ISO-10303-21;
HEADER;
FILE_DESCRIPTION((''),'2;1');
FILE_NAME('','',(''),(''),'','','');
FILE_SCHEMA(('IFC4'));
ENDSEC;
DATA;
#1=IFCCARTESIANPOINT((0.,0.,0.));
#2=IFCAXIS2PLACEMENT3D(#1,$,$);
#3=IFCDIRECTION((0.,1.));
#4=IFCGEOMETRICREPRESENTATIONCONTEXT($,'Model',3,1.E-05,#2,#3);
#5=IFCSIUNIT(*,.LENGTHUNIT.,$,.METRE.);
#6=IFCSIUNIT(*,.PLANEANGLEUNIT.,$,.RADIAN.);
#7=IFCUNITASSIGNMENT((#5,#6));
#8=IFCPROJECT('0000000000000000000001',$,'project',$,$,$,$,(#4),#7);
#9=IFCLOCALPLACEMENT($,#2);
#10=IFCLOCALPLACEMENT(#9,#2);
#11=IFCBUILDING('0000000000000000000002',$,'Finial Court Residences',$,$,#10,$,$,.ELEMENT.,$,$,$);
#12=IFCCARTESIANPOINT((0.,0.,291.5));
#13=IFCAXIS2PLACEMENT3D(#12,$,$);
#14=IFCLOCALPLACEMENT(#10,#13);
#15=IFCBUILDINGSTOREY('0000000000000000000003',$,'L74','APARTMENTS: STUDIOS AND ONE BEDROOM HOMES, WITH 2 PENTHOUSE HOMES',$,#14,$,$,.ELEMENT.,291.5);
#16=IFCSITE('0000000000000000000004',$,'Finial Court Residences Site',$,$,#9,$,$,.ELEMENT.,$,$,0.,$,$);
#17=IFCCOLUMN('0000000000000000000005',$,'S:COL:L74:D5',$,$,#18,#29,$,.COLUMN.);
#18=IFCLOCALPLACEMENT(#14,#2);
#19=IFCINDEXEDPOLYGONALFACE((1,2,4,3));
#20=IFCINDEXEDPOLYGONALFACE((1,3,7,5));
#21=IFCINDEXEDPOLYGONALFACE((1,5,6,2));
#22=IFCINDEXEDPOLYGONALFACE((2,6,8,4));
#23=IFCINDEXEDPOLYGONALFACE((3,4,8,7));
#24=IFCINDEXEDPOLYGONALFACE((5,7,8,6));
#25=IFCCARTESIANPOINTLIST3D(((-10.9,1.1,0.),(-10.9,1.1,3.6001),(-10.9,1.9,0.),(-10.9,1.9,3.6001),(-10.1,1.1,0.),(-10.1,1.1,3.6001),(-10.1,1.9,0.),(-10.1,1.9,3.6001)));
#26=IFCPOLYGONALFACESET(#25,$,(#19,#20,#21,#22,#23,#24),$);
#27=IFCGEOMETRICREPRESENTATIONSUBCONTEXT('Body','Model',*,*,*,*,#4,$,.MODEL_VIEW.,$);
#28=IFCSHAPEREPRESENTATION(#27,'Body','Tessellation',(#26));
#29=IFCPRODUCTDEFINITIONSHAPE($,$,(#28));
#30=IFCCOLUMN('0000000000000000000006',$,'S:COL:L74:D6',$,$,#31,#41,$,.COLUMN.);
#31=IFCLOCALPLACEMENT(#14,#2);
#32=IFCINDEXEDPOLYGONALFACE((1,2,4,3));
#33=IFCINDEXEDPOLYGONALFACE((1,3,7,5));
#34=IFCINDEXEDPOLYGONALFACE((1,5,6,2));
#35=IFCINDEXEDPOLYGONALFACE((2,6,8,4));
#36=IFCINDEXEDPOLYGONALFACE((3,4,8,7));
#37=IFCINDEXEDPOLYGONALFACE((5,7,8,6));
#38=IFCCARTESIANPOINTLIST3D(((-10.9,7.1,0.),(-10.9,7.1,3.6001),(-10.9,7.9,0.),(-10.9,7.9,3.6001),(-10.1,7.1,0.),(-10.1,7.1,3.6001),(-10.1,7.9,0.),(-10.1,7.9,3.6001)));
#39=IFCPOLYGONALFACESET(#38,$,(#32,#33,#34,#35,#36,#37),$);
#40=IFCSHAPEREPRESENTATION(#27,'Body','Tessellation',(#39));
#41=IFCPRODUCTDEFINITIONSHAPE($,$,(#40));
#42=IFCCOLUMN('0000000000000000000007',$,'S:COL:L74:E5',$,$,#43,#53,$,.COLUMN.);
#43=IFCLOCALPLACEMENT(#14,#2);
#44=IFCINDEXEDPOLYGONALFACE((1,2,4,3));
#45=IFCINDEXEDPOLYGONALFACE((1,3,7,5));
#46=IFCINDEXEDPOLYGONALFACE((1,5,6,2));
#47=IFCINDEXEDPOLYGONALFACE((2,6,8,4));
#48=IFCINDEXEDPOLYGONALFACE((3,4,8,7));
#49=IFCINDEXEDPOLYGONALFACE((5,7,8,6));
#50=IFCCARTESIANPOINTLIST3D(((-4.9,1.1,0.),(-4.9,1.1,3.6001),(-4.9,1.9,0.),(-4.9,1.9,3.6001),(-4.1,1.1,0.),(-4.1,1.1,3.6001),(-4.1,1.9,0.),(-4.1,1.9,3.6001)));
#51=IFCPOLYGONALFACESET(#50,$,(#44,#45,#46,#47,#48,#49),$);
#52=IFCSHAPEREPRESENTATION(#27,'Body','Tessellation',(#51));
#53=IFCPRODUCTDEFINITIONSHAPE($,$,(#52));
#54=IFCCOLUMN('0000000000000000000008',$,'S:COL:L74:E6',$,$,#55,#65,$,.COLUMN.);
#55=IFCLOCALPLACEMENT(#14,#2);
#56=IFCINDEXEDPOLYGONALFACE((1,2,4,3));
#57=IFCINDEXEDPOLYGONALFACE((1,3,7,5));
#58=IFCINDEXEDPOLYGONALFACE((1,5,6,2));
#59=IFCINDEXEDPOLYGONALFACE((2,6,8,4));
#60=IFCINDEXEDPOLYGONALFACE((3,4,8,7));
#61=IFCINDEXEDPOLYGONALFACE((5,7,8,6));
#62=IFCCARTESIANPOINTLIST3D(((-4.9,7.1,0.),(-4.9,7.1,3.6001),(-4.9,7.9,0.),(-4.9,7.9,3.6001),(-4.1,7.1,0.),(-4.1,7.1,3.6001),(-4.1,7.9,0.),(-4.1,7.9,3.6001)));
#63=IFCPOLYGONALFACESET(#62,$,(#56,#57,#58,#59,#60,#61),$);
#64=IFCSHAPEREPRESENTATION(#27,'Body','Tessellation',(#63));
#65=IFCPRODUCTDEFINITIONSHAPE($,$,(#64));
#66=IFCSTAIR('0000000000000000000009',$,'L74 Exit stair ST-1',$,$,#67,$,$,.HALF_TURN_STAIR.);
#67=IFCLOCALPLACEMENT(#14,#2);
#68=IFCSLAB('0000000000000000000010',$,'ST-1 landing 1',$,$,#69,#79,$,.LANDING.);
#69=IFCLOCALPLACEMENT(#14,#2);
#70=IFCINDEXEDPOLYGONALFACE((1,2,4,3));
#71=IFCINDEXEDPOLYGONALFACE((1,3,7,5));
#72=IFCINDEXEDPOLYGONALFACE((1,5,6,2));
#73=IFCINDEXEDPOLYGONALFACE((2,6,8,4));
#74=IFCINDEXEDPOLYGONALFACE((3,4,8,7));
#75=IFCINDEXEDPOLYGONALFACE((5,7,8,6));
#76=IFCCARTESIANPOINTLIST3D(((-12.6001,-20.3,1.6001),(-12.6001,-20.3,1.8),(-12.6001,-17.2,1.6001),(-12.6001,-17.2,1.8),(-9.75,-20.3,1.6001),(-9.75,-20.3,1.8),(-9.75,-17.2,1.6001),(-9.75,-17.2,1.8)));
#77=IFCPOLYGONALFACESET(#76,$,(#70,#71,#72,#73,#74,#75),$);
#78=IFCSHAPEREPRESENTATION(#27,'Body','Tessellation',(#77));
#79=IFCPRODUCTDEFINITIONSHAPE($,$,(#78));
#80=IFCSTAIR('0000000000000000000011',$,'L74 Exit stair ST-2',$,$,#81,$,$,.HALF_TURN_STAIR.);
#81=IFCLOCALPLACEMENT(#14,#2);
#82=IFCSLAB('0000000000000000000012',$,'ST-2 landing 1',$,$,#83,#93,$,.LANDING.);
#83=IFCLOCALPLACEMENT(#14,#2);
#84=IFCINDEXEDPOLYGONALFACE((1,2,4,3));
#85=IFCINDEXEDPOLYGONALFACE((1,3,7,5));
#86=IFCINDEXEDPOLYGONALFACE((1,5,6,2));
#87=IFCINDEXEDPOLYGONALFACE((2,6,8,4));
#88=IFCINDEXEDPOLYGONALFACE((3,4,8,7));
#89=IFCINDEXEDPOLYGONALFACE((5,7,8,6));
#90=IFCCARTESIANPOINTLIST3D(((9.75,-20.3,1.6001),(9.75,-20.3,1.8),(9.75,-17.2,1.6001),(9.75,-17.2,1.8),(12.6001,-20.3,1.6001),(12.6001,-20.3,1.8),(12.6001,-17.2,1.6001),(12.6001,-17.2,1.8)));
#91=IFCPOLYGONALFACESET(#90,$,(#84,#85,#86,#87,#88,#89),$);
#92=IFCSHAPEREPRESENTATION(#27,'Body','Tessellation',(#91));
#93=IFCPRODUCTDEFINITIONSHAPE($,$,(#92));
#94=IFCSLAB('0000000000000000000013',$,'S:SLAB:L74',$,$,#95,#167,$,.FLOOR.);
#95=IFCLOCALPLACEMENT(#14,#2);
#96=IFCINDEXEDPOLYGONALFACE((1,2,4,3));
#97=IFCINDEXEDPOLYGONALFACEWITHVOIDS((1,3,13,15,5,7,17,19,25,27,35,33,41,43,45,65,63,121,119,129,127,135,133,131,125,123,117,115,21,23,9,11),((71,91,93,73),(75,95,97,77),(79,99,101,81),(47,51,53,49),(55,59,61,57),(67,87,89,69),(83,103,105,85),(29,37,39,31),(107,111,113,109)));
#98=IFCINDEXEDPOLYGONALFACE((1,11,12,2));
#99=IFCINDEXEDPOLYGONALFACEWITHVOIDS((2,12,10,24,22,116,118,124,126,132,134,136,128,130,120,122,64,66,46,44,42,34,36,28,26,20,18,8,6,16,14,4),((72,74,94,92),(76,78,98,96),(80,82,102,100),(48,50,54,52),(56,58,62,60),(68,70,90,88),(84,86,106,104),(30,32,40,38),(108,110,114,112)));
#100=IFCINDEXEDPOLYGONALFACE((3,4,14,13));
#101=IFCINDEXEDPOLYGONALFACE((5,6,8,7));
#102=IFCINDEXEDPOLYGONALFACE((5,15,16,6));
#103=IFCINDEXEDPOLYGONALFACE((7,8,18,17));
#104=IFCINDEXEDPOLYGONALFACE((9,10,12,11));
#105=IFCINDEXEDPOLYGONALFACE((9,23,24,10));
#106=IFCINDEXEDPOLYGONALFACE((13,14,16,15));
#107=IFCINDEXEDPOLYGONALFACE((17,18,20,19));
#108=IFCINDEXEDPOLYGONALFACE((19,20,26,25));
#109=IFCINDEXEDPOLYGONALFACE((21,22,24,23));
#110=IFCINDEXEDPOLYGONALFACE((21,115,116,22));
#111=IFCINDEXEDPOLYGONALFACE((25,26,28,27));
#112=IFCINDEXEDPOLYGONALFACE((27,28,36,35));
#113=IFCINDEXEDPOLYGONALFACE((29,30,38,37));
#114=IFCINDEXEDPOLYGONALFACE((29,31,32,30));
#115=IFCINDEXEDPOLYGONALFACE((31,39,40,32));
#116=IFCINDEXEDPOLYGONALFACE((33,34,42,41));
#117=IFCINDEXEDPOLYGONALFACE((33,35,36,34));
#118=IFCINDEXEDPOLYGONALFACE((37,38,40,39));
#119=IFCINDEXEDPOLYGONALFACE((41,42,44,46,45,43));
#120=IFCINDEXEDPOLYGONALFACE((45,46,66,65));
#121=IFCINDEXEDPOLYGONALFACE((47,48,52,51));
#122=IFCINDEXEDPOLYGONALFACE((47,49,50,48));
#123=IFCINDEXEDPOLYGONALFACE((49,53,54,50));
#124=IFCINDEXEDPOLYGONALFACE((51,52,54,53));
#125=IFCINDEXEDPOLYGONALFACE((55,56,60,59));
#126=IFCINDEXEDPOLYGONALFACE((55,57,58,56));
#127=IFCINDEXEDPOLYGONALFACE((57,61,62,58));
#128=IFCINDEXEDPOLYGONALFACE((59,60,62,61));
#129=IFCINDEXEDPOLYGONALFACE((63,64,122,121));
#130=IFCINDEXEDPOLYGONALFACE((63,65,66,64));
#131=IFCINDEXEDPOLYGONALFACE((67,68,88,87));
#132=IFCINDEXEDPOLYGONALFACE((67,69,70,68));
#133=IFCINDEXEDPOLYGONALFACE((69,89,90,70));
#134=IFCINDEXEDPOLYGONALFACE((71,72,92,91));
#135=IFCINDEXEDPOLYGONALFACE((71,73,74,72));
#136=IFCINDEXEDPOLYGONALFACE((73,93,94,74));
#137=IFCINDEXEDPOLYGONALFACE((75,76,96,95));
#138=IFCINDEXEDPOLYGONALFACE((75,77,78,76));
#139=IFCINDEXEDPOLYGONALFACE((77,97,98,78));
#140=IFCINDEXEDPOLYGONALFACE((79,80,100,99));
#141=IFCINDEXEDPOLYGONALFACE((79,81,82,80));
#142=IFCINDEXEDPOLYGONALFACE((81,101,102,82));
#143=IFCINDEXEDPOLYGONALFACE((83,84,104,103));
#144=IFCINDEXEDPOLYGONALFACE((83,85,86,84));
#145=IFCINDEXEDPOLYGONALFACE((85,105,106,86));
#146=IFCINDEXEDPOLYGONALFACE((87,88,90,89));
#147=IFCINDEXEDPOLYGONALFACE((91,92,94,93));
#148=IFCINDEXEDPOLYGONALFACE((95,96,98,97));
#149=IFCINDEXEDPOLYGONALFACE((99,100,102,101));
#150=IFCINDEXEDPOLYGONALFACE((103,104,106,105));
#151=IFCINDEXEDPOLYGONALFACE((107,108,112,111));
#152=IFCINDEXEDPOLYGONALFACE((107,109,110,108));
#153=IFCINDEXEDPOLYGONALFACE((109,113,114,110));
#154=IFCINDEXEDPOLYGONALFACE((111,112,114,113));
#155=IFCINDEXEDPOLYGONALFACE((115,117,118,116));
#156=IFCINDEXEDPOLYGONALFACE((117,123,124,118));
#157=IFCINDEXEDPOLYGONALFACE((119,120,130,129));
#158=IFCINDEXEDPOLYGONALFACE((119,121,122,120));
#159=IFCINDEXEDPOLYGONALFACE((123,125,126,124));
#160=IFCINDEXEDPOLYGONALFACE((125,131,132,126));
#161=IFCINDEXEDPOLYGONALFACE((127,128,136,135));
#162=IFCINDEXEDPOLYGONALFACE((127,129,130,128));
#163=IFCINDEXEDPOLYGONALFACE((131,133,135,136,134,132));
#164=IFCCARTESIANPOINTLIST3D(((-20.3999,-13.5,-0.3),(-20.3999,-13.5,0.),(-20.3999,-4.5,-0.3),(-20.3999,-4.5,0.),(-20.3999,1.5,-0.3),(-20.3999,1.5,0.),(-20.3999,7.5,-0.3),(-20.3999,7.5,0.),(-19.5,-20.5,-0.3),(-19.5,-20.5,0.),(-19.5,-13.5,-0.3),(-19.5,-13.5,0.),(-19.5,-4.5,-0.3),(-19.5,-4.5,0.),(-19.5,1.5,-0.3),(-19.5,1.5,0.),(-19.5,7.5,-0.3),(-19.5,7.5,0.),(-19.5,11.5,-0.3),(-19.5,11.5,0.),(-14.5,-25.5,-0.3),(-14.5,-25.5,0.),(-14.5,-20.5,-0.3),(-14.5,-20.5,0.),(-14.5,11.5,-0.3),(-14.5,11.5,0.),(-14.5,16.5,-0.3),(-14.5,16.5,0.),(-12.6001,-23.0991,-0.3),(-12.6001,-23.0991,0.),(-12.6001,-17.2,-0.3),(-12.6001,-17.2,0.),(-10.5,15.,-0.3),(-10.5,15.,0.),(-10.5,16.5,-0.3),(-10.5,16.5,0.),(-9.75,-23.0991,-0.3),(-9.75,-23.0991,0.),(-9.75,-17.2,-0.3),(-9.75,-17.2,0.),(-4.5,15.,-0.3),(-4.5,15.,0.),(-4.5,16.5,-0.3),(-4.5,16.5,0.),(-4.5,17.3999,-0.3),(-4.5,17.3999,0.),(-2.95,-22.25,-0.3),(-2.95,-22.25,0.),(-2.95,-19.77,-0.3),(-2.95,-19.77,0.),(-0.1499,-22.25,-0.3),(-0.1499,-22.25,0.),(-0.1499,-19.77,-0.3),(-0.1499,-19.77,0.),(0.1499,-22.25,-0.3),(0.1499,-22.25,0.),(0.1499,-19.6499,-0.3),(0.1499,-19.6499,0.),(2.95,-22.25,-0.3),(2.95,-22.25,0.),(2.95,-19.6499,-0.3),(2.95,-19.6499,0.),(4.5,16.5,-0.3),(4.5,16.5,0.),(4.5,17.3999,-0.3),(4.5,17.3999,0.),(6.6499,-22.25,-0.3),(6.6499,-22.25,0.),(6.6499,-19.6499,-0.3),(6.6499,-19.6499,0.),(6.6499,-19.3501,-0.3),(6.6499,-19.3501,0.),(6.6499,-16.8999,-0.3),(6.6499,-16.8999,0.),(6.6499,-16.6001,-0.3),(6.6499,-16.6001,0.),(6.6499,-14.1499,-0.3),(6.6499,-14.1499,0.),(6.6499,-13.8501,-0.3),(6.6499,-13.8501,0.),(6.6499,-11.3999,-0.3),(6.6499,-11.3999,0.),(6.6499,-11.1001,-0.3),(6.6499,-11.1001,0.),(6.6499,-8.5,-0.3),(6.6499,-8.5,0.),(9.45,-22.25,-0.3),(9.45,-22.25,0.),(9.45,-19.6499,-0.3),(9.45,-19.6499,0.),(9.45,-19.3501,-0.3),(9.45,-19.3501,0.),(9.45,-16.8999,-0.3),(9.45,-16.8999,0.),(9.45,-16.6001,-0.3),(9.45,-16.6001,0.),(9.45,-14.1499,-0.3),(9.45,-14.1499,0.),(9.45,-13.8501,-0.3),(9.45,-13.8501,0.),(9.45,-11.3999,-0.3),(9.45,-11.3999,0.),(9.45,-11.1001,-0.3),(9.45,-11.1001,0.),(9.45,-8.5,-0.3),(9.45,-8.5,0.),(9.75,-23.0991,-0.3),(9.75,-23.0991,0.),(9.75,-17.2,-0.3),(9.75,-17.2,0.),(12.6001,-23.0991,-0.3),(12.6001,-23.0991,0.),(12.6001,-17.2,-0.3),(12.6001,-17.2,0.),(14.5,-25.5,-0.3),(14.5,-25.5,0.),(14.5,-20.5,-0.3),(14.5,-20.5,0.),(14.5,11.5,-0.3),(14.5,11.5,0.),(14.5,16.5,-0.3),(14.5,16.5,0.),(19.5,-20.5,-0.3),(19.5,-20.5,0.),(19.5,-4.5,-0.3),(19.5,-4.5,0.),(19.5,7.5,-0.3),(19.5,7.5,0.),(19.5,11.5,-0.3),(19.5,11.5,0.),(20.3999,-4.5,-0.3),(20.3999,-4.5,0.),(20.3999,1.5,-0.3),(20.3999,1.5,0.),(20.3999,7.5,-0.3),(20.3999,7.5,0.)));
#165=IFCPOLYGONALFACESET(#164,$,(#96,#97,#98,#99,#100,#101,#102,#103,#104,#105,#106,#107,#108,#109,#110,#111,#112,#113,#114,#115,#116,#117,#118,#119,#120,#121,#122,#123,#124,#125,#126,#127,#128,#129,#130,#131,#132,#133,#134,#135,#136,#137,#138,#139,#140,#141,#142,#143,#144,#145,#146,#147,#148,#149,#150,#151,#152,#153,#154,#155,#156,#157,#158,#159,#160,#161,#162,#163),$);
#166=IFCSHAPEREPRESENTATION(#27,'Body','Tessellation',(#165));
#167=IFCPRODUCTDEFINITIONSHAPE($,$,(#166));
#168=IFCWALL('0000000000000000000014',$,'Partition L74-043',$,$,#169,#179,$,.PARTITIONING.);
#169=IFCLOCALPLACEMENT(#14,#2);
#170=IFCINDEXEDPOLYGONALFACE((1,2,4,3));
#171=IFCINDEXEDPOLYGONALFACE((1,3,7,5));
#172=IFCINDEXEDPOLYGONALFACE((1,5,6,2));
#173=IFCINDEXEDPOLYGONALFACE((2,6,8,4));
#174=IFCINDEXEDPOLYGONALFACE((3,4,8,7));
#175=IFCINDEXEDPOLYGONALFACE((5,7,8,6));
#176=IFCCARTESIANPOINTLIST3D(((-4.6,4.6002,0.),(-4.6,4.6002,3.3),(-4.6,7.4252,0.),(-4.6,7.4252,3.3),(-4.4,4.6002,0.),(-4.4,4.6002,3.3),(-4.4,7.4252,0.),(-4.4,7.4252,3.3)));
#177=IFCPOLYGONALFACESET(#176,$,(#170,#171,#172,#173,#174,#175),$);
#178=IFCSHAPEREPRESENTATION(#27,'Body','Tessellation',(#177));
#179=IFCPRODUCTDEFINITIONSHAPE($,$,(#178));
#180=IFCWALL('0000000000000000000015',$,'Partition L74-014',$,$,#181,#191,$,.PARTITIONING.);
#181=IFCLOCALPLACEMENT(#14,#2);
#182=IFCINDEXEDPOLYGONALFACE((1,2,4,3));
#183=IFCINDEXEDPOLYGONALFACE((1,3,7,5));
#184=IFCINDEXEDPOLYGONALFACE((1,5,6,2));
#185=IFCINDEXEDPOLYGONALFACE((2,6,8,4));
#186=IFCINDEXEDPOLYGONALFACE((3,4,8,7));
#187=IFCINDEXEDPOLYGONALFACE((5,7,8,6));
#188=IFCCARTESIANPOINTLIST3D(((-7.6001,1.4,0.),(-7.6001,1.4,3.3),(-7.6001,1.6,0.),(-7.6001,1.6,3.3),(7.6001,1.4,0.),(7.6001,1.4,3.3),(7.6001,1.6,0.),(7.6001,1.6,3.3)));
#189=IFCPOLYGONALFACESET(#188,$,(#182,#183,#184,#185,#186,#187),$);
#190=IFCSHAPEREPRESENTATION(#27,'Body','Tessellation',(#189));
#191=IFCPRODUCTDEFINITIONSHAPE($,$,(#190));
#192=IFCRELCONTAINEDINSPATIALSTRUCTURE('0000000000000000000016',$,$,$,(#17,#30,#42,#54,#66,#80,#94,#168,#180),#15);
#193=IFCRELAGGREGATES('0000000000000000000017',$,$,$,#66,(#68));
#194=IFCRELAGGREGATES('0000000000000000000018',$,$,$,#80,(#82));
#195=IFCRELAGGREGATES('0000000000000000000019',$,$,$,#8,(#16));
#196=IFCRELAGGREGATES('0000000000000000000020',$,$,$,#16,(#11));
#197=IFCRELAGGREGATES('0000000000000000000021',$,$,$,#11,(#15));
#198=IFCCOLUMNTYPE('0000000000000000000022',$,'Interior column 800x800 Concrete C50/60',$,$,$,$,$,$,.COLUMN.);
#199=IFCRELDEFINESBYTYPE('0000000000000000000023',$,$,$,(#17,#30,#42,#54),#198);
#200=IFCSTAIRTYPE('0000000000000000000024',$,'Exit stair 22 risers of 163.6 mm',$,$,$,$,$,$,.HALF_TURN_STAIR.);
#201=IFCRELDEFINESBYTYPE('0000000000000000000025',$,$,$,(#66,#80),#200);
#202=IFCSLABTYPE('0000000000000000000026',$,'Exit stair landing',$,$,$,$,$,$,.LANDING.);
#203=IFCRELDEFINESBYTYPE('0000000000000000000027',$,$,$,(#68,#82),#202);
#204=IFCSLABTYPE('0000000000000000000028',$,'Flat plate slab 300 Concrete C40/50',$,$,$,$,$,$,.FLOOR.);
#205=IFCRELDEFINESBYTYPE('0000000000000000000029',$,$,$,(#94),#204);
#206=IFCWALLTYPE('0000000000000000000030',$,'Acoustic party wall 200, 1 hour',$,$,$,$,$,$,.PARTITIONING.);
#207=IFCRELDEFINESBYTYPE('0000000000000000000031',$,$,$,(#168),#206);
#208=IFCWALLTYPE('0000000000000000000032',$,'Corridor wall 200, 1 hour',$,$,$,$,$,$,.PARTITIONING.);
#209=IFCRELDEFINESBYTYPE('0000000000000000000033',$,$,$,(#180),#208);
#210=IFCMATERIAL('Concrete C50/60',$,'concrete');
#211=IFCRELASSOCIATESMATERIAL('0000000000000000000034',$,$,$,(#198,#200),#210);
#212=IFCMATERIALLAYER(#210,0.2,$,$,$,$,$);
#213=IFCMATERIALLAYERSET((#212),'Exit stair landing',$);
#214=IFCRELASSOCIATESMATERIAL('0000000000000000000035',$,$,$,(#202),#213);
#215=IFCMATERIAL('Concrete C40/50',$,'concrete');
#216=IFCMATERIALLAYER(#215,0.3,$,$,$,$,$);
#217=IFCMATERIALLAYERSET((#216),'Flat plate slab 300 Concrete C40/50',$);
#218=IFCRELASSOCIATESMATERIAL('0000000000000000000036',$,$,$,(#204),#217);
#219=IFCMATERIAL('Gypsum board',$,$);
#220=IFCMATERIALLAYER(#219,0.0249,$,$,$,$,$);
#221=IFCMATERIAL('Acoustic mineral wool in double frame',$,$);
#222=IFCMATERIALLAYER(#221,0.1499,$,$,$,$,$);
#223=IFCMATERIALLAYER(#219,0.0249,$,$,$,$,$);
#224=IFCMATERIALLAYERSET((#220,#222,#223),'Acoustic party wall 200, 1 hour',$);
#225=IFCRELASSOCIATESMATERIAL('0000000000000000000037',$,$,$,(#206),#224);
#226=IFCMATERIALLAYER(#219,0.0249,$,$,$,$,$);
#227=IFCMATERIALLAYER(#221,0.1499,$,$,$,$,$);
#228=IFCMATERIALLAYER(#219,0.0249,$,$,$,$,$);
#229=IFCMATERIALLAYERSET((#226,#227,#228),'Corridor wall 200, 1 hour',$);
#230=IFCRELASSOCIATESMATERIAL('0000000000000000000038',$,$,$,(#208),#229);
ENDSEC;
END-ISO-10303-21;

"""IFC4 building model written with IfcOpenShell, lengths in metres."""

from ifc_helpers import new_model, si_unit, direction, frame, frame_2d, origin, origin_2d, place, context, subcontext, project, spatial, polyline, rectangle, outline, extrude, material, layer, layer_set, material_profile, profile_set, type_object, element, aggregate, save


model = new_model("IFC4")

# Units and contexts
model_context = context("Model", 3, precision=1e-05, world=origin(), true_north=direction((0.0, 1.0)))
body_context = subcontext(model_context, "Body", "Model", "MODEL_VIEW")
ifc_project = project(units=[si_unit("LENGTHUNIT", "METRE"), si_unit("PLANEANGLEUNIT", "RADIAN")], contexts=[model_context])

# Site, building, storey
site_placement = place(None, origin())
site = spatial("IfcSite", under=ifc_project, at=site_placement, Name="Finial Court Residences Site", CompositionType="ELEMENT", RefElevation=0.0)
building_placement = place(site_placement, origin())
building = spatial("IfcBuilding", under=site, at=building_placement, Name="Finial Court Residences", CompositionType="ELEMENT")
storey_placement = place(building_placement, frame((0.0, 0.0, 291.5)))
storey = spatial("IfcBuildingStorey", under=building, at=storey_placement, Name="L74", Description="APARTMENTS: STUDIOS AND ONE BEDROOM HOMES, WITH 2 PENTHOUSE HOMES", CompositionType="ELEMENT", Elevation=291.5)

# Columns
ifc_material_1 = material(Name="Concrete C50/60", Category="concrete")
ifc_material_profile = material_profile(ifc_material_1, rectangle(XDim=0.8, YDim=0.8, at=origin_2d()), Name="800x800")
ifc_profile_set = profile_set([ifc_material_profile], Name="Concrete C50/60")
column_type = type_object("IfcColumnType", Name="Interior column 800x800 Concrete C50/60", PredefinedType="COLUMN", material=ifc_profile_set)
for number, where, z_axis, x_axis, name in (
    (1, (-10.5, 1.5, 0.0), (0.0, 0.0, 1.0), (1.0, 0.0, 0.0), "S:COL:L74:D5"),
    (2, (-10.5, 7.5, 0.0), (0.0, 0.0, 1.0), (1.0, 0.0, 0.0), "S:COL:L74:D6"),
    (3, (-4.5, 1.5, 0.0), (0.0, 0.0, 1.0), (1.0, 0.0, 0.0), "S:COL:L74:E5"),
    (4, (-4.5, 7.5, 0.0), (0.0, 0.0, 1.0), (1.0, 0.0, 0.0), "S:COL:L74:E6"),
):
    element("IfcColumn", number, at=place(storey_placement, frame(where, z_axis=z_axis, x_axis=x_axis)), inside=storey, type_object=column_type, Name=name, PredefinedType="COLUMN", context=body_context, shape_type="SweptSolid", body=[
        extrude(rectangle(XDim=0.8, YDim=0.8, at=origin_2d()), origin(), (0.0, 0.0, 1.0), 3.6001),
    ])

# Stairs, slabs
stair_type = type_object("IfcStairType", Name="Exit stair 22 risers of 163.6 mm", PredefinedType="HALF_TURN_STAIR", material=ifc_material_1)
stair_1_placement = place(storey_placement, origin())
stair_1 = element("IfcStair", 5, at=stair_1_placement, inside=storey, type_object=stair_type, Name="L74 Exit stair ST-1", PredefinedType="HALF_TURN_STAIR")
ifc_layer_1 = layer(ifc_material_1, 0.2)
ifc_layer_set_1 = layer_set([ifc_layer_1], Name="Exit stair landing")
slab_type_1 = type_object("IfcSlabType", Name="Exit stair landing", PredefinedType="LANDING", material=ifc_layer_set_1)
slab_1_placement = place(storey_placement, frame((0.0, 0.0, 1.6001)))
slab_1 = element("IfcSlab", 6, at=slab_1_placement, type_object=slab_type_1, Name="ST-1 landing 1", PredefinedType="LANDING", context=body_context, shape_type="SweptSolid", body=[
    extrude(outline(polyline([(-9.75, -20.3), (-9.75, -17.2), (-12.6001, -17.2), (-12.6001, -20.3), (-9.75, -20.3)])), origin(), (0.0, 0.0, 1.0), 0.2),
])
aggregate(stair_1, [slab_1])
stair_2_placement = place(storey_placement, origin())
stair_2 = element("IfcStair", 7, at=stair_2_placement, inside=storey, type_object=stair_type, Name="L74 Exit stair ST-2", PredefinedType="HALF_TURN_STAIR")
slab_2_placement = place(storey_placement, frame((0.0, 0.0, 1.6001)))
slab_2 = element("IfcSlab", 8, at=slab_2_placement, type_object=slab_type_1, Name="ST-2 landing 1", PredefinedType="LANDING", context=body_context, shape_type="SweptSolid", body=[
    extrude(outline(polyline([(12.6001, -20.3), (12.6001, -17.2), (9.75, -17.2), (9.75, -20.3), (12.6001, -20.3)])), origin(), (0.0, 0.0, 1.0), 0.2),
])
aggregate(stair_2, [slab_2])

# Slab
ifc_material_2 = material(Name="Concrete C40/50", Category="concrete")
ifc_layer_2 = layer(ifc_material_2, 0.3)
ifc_layer_set_2 = layer_set([ifc_layer_2], Name="Flat plate slab 300 Concrete C40/50")
slab_type_2 = type_object("IfcSlabType", Name="Flat plate slab 300 Concrete C40/50", PredefinedType="FLOOR", material=ifc_layer_set_2)
slab_3_placement = place(storey_placement, frame((0.0, 0.0, -0.3)))
element("IfcSlab", 9, at=slab_3_placement, inside=storey, type_object=slab_type_2, Name="S:SLAB:L74", PredefinedType="FLOOR", context=body_context, shape_type="SweptSolid", body=[
    extrude(outline(polyline([(-20.3999, 7.5), (-19.5, 7.5), (-19.5, 11.5), (-14.5, 11.5), (-14.5, 16.5), (-10.5, 16.5), (-10.5, 15.0), (-4.5, 15.0), (-4.5, 16.5), (-4.5, 17.3999), (4.5, 17.3999), (4.5, 16.5), (14.5, 16.5), (14.5, 11.5), (19.5, 11.5), (19.5, 7.5), (20.3999, 7.5), (20.3999, 1.5), (20.3999, -4.5), (19.5, -4.5), (19.5, -20.5), (14.5, -20.5), (14.5, -25.5), (-14.5, -25.5), (-14.5, -20.5), (-19.5, -20.5), (-19.5, -13.5), (-20.3999, -13.5), (-20.3999, -4.5), (-19.5, -4.5), (-19.5, 1.5), (-20.3999, 1.5), (-20.3999, 7.5)]), holes=[polyline([(-0.1499, -19.77), (-2.95, -19.77), (-2.95, -22.25), (-0.1499, -22.25), (-0.1499, -19.77)]), polyline([(2.95, -19.6499), (0.1499, -19.6499), (0.1499, -22.25), (2.95, -22.25), (2.95, -19.6499)]), polyline([(9.45, -19.6499), (6.6499, -19.6499), (6.6499, -22.25), (9.45, -22.25), (9.45, -19.6499)]), polyline([(-12.6001, -17.2), (-12.6001, -23.0991), (-9.75, -23.0991), (-9.75, -17.2), (-12.6001, -17.2)]), polyline([(9.75, -17.2), (9.75, -23.0991), (12.6001, -23.0991), (12.6001, -17.2), (9.75, -17.2)]), polyline([(9.45, -16.8999), (6.6499, -16.8999), (6.6499, -19.3501), (9.45, -19.3501), (9.45, -16.8999)]), polyline([(9.45, -14.1499), (6.6499, -14.1499), (6.6499, -16.6001), (9.45, -16.6001), (9.45, -14.1499)]), polyline([(9.45, -13.8501), (9.45, -11.3999), (6.6499, -11.3999), (6.6499, -13.8501), (9.45, -13.8501)]), polyline([(9.45, -11.1001), (9.45, -8.5), (6.6499, -8.5), (6.6499, -11.1001), (9.45, -11.1001)])]), origin(), (0.0, 0.0, 1.0), 0.3),
])

# Walls
ifc_material_3 = material(Name="Gypsum board")
ifc_layer_3 = layer(ifc_material_3, 0.0249)
ifc_material_4 = material(Name="Acoustic mineral wool in double frame")
ifc_layer_4 = layer(ifc_material_4, 0.1499)
ifc_layer_5 = layer(ifc_material_3, 0.0249)
ifc_layer_set_3 = layer_set([ifc_layer_3, ifc_layer_4, ifc_layer_5], Name="Acoustic party wall 200, 1 hour")
wall_type_1 = type_object("IfcWallType", Name="Acoustic party wall 200, 1 hour", PredefinedType="PARTITIONING", material=ifc_layer_set_3)
wall_1_placement = place(storey_placement, frame((-4.5, 4.6001, 0.0), z_axis=(0.0, 0.0, 1.0), x_axis=(0.0, 1.0, 0.0)))
element("IfcWall", 10, at=wall_1_placement, inside=storey, type_object=wall_type_1, Name="Partition L74-043", PredefinedType="PARTITIONING", context=body_context, shape_type="SweptSolid", body=[
    extrude(rectangle(XDim=2.825, YDim=0.2, at=frame_2d((1.4126, 0.0))), origin(), (0.0, 0.0, 1.0), 3.3),
])
ifc_layer_6 = layer(ifc_material_3, 0.0249)
ifc_layer_7 = layer(ifc_material_4, 0.1499)
ifc_layer_8 = layer(ifc_material_3, 0.0249)
ifc_layer_set_4 = layer_set([ifc_layer_6, ifc_layer_7, ifc_layer_8], Name="Corridor wall 200, 1 hour")
wall_type_2 = type_object("IfcWallType", Name="Corridor wall 200, 1 hour", PredefinedType="PARTITIONING", material=ifc_layer_set_4)
wall_2_placement = place(storey_placement, frame((-7.6001, 1.5, 0.0), z_axis=(0.0, 0.0, 1.0), x_axis=(1.0, 0.0, 0.0)))
element("IfcWall", 11, at=wall_2_placement, inside=storey, type_object=wall_type_2, Name="Partition L74-014", PredefinedType="PARTITIONING", context=body_context, shape_type="SweptSolid", body=[
    extrude(rectangle(XDim=15.2002, YDim=0.2, at=frame_2d((7.6001, 0.0))), origin(), (0.0, 0.0, 1.0), 3.3),
])

save(model, "model.ifc")
